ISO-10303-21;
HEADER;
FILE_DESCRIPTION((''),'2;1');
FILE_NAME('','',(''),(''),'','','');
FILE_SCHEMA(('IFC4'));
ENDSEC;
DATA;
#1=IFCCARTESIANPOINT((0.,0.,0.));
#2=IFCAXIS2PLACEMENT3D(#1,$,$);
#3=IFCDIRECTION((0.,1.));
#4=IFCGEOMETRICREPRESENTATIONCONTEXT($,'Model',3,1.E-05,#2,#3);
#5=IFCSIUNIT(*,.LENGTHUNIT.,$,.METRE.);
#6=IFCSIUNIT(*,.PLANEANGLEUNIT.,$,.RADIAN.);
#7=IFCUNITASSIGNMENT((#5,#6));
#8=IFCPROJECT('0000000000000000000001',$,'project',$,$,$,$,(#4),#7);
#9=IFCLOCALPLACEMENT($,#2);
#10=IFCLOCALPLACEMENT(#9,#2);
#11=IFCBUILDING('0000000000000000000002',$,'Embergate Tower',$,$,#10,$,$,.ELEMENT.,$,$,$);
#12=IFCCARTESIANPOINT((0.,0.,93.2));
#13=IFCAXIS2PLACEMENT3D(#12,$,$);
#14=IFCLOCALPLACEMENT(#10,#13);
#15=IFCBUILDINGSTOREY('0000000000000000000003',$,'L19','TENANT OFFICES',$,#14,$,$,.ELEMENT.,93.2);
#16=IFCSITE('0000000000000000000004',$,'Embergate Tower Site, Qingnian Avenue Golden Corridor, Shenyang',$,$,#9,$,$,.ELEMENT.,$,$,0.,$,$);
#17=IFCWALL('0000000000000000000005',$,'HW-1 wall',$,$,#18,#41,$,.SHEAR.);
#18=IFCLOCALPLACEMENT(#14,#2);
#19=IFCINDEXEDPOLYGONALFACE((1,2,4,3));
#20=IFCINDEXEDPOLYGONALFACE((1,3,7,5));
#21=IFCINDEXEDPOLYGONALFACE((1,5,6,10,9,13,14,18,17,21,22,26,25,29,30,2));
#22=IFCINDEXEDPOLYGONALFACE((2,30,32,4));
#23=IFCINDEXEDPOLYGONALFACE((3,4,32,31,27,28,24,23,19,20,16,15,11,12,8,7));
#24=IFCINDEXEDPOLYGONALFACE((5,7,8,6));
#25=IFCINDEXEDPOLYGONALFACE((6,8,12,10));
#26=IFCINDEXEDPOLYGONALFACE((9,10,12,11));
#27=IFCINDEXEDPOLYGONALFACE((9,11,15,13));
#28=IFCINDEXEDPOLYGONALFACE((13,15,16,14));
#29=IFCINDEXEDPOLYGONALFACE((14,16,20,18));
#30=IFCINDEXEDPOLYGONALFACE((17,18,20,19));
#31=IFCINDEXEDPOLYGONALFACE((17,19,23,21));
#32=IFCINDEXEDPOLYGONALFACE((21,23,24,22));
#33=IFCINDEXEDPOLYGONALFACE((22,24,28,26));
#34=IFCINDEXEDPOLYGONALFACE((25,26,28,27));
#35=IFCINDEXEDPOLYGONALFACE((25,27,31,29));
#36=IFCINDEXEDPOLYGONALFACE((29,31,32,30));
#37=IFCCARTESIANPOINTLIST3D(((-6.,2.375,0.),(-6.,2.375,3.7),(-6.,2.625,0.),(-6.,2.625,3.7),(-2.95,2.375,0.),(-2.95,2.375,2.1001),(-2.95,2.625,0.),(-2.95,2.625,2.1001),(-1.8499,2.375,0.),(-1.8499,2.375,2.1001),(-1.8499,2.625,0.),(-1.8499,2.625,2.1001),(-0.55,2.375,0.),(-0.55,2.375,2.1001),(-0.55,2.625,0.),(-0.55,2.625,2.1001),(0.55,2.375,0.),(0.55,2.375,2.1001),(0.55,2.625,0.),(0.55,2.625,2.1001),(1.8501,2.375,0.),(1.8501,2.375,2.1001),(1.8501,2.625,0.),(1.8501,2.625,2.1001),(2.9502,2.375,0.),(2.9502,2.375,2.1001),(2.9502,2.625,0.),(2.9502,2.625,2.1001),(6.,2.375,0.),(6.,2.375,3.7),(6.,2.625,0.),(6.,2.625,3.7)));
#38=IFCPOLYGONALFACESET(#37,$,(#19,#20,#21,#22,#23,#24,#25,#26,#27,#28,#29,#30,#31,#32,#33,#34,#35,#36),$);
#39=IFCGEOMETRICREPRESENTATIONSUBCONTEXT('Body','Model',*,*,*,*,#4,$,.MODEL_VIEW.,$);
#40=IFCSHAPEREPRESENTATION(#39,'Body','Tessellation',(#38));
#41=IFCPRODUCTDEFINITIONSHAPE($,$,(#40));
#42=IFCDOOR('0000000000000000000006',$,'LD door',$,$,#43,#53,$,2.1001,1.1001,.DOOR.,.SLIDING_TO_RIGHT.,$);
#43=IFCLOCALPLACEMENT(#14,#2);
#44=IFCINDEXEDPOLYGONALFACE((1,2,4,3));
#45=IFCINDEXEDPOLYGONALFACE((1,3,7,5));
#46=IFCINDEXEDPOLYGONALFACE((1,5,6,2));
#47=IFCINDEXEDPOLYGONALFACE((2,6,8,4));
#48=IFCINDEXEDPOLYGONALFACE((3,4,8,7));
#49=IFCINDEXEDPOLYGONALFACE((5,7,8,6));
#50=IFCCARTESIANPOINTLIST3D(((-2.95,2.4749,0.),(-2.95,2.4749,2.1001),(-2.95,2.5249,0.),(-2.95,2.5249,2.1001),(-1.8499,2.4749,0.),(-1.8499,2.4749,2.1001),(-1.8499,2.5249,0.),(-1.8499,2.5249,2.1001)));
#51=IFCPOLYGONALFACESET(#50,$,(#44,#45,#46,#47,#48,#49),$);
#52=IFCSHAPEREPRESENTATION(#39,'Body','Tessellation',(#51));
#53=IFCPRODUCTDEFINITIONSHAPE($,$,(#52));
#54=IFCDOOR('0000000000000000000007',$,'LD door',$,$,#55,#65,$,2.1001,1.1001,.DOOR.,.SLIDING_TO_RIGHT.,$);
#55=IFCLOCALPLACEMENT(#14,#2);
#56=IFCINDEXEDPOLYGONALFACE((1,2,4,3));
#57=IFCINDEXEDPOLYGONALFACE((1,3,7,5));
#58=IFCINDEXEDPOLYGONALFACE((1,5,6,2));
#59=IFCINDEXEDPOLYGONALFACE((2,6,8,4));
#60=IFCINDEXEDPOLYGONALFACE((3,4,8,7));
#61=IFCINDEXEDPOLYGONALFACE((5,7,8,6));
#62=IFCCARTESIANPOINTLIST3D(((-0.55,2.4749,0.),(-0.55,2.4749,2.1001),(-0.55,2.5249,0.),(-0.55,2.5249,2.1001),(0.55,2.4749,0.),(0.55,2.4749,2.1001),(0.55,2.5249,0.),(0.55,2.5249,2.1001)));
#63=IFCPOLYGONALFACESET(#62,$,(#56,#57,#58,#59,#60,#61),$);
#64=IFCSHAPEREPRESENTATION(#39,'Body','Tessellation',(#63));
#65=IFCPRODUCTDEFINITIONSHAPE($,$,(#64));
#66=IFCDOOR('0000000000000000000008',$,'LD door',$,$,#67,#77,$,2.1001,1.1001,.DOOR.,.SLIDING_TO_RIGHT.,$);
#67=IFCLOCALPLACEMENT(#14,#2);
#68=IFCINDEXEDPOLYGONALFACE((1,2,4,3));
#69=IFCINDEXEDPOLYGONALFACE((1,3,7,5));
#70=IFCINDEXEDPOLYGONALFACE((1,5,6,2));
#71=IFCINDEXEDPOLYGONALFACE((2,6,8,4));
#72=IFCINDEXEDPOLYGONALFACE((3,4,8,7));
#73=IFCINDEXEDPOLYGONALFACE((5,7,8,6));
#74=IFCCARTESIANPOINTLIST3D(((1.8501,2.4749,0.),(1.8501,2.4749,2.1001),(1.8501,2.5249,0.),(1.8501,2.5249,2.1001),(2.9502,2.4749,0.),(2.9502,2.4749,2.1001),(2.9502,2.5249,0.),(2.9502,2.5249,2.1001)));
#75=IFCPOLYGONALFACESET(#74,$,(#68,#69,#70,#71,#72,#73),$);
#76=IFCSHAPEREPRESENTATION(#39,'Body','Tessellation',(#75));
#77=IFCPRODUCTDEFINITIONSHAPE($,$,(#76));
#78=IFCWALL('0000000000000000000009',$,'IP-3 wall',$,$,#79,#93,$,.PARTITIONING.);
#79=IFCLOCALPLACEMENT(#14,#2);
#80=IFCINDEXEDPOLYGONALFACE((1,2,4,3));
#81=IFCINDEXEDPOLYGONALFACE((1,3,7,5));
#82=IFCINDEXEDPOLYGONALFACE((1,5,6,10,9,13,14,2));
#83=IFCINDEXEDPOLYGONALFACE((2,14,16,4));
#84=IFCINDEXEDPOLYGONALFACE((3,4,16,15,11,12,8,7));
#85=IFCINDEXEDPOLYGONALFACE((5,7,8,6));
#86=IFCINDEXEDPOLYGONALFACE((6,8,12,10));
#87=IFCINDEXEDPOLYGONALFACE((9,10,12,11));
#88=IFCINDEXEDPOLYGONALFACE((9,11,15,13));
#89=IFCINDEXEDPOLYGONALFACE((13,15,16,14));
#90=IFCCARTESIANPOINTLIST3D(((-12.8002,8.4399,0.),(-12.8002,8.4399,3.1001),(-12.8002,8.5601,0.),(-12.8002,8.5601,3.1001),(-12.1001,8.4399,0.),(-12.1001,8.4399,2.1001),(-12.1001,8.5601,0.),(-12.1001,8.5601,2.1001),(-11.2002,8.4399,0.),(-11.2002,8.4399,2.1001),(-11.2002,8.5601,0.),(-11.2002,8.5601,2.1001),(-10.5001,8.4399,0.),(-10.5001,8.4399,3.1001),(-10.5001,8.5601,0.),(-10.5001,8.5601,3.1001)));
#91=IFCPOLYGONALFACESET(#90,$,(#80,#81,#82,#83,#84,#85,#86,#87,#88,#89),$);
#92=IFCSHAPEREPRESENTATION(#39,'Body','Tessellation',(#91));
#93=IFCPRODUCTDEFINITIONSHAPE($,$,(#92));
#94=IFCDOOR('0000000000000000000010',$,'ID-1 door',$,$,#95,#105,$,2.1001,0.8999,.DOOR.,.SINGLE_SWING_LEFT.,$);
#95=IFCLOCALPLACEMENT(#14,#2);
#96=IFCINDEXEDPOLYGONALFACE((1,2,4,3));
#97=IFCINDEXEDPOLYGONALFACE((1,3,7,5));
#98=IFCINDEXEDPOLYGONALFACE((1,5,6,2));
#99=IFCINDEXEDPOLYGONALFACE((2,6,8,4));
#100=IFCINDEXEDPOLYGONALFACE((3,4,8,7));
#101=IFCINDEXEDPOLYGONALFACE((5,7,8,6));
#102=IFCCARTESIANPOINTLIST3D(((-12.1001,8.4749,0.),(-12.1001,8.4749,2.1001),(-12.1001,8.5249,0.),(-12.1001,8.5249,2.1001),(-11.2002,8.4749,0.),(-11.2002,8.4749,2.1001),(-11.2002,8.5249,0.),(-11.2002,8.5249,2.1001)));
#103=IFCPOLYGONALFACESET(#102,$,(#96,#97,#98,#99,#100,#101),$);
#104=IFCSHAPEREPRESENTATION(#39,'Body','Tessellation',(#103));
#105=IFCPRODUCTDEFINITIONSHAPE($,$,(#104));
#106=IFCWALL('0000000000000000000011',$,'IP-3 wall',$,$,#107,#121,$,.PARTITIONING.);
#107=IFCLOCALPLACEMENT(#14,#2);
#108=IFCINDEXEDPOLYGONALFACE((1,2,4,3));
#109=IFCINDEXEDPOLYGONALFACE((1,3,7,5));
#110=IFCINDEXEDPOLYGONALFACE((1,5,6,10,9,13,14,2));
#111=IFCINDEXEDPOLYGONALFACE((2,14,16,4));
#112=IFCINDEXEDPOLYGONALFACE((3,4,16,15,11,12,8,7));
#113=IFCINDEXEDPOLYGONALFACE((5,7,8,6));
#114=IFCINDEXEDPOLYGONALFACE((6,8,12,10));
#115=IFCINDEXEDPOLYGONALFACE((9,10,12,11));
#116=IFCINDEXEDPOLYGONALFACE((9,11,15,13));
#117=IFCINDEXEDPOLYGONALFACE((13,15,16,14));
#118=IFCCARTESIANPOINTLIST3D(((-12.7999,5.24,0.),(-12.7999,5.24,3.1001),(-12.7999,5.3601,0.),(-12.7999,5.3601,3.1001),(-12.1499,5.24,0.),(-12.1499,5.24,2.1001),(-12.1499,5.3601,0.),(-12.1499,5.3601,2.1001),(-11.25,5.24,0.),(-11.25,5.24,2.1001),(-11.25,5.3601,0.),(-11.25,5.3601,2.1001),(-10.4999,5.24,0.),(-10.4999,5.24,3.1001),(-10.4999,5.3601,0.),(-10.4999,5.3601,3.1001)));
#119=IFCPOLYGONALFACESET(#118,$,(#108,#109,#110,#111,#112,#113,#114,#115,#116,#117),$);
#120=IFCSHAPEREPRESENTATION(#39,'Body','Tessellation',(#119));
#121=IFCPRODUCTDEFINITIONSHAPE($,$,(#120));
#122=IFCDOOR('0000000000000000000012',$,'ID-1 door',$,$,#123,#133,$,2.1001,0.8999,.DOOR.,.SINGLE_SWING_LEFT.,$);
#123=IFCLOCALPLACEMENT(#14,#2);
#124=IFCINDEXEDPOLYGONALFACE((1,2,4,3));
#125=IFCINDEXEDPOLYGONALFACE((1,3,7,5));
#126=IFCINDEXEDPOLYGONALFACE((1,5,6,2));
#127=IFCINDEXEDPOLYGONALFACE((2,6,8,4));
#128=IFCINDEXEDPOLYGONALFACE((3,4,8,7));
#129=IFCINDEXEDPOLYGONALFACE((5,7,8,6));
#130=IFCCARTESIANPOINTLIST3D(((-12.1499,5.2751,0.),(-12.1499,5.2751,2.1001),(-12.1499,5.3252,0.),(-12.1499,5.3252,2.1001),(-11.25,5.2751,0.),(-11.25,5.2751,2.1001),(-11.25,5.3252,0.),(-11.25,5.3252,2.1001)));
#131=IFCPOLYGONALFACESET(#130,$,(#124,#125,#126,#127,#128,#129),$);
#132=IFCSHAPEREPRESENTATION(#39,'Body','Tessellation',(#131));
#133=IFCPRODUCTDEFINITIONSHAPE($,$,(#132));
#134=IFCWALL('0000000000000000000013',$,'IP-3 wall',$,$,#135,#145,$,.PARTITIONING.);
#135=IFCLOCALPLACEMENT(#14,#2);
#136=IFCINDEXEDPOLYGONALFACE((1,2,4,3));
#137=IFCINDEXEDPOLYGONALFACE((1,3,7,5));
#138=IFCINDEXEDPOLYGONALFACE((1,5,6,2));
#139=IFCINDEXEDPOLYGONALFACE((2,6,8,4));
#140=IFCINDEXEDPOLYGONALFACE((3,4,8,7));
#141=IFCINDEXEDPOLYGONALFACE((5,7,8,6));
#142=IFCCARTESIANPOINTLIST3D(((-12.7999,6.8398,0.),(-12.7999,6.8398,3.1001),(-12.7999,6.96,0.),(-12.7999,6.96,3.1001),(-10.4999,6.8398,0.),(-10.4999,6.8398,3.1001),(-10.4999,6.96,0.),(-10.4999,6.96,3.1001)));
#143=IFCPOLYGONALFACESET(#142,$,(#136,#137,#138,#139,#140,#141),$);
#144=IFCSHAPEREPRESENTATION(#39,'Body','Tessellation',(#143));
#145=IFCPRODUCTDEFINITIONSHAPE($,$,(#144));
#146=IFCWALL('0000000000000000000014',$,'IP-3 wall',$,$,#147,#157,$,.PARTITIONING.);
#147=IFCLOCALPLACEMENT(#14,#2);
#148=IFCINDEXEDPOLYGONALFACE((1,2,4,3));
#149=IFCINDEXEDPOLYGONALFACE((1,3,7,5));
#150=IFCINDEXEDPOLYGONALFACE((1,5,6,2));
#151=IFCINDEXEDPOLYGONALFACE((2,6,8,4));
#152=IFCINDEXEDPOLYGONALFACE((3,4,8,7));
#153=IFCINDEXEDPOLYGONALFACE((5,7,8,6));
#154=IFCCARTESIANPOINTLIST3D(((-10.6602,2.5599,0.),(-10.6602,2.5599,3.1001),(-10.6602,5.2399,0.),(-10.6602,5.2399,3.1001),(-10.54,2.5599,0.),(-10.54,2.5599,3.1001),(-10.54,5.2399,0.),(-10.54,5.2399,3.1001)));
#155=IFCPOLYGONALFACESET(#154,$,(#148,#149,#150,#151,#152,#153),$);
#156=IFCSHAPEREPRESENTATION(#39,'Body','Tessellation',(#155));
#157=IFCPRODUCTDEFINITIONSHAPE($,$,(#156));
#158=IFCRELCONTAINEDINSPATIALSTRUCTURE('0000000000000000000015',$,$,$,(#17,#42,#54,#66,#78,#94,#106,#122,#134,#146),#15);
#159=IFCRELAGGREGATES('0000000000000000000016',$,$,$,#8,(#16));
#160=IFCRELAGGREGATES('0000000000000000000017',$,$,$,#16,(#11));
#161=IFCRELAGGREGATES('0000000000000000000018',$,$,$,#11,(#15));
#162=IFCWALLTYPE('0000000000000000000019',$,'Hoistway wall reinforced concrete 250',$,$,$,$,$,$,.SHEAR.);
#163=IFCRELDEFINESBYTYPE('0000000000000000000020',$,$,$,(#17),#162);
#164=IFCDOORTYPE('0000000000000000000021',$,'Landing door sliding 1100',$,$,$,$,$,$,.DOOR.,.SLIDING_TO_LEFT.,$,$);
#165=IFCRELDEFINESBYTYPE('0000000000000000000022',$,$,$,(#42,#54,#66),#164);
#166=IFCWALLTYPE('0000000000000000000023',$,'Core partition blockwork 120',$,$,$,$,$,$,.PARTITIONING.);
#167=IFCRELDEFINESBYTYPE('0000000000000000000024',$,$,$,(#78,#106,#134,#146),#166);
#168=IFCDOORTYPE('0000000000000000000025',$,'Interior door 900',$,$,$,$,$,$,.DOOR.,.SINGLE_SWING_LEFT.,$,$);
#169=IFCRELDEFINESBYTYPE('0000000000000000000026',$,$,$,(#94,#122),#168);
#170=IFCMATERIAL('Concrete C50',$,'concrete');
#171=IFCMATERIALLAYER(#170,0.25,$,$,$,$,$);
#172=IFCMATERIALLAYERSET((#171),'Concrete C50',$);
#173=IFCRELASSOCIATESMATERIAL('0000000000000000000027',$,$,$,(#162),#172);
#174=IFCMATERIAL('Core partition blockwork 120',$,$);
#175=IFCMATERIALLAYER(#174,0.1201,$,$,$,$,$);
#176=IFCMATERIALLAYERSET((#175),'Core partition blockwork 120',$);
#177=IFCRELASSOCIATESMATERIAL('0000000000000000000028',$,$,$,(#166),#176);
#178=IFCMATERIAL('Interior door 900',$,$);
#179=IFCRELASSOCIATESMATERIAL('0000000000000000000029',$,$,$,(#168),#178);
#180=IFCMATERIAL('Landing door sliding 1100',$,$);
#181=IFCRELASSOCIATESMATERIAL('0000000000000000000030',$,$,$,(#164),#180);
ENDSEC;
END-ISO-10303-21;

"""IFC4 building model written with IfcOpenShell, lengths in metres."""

from ifc_helpers import new_model, si_unit, direction, frame, frame_2d, origin, place, context, subcontext, project, spatial, rectangle, extrude, source, transform, mapped, material, layer, layer_set, type_object, element, fill, save


model = new_model("IFC4")

# Units and contexts
model_context = context("Model", 3, precision=1e-05, world=origin(), true_north=direction((0.0, 1.0)))
body_context = subcontext(model_context, "Body", "Model", "MODEL_VIEW")
ifc_project = project(units=[si_unit("LENGTHUNIT", "METRE"), si_unit("PLANEANGLEUNIT", "RADIAN")], contexts=[model_context])

# Site, building, storey
site_placement = place(None, origin())
site = spatial("IfcSite", under=ifc_project, at=site_placement, Name="Embergate Tower Site, Qingnian Avenue Golden Corridor, Shenyang", CompositionType="ELEMENT", RefElevation=0.0)
building_placement = place(site_placement, origin())
building = spatial("IfcBuilding", under=site, at=building_placement, Name="Embergate Tower", CompositionType="ELEMENT")
storey_placement = place(building_placement, frame((0.0, 0.0, 93.2)))
storey = spatial("IfcBuildingStorey", under=building, at=storey_placement, Name="L19", Description="TENANT OFFICES", CompositionType="ELEMENT", Elevation=93.2)

# Shared definitions
ifc_material_1 = material(Name="Concrete C50", Category="concrete")
ifc_layer_1 = layer(ifc_material_1, 0.25)
ifc_layer_set_1 = layer_set([ifc_layer_1], Name="Concrete C50")
wall_type_1 = type_object("IfcWallType", Name="Hoistway wall reinforced concrete 250", PredefinedType="SHEAR", material=ifc_layer_set_1)

# Shared definitions
ifc_material_2 = material(Name="Core partition blockwork 120")
ifc_layer_2 = layer(ifc_material_2, 0.1201)
ifc_layer_set_2 = layer_set([ifc_layer_2], Name="Core partition blockwork 120")
wall_type_2 = type_object("IfcWallType", Name="Core partition blockwork 120", PredefinedType="PARTITIONING", material=ifc_layer_set_2)
shared_shape_1 = source(origin(), body_context, "Body", "SweptSolid", [
    extrude(rectangle(XDim=0.8999, YDim=2.1001, at=frame_2d((0.45, 1.05))), frame((0.0, 0.0701, 0.0), z_axis=(0.0, -1.0, 0.0), x_axis=(1.0, 0.0, 0.0)), (0.0, 0.0, 1.0), 0.1401),
])
ifc_material_3 = material(Name="Interior door 900")
door_type_1 = type_object("IfcDoorType", Name="Interior door 900", OperationType="SINGLE_SWING_LEFT", PredefinedType="DOOR", material=ifc_material_3)
shared_shape_2 = source(origin(), body_context, "Body", "SweptSolid", [
    extrude(rectangle(XDim=0.8999, YDim=2.1001, at=frame_2d((0.45, 1.05))), frame((0.0, 0.0249, 0.0), z_axis=(0.0, -1.0, 0.0), x_axis=(1.0, 0.0, 0.0)), (0.0, 0.0, 1.0), 0.05),
])

# Wall, openings, doors
shared_shape_3 = source(origin(), body_context, "Body", "SweptSolid", [
    extrude(rectangle(XDim=12.0, YDim=0.25, at=frame_2d((6.0, 0.0))), origin(), (0.0, 0.0, 1.0), 3.7),
])
wall_1_placement = place(storey_placement, frame((-6.0, 2.5, 0.0), z_axis=(0.0, 0.0, 1.0), x_axis=(1.0, 0.0, 0.0)))
wall_1 = element("IfcWall", 1, at=wall_1_placement, inside=storey, type_object=wall_type_1, Name="HW-1 wall", PredefinedType="SHEAR", context=body_context, shape_type="MappedRepresentation", body=[
    mapped(shared_shape_3, transform((0.0, 0.0, 0.0))),
])
shared_shape_4 = source(origin(), body_context, "Body", "SweptSolid", [
    extrude(rectangle(XDim=1.1001, YDim=2.1001, at=frame_2d((0.55, 1.05))), frame((0.0, 0.135, 0.0), z_axis=(0.0, -1.0, 0.0), x_axis=(1.0, 0.0, 0.0)), (0.0, 0.0, 1.0), 0.27),
])
opening_1_placement = place(wall_1_placement, frame((3.05, 0.0, 0.0)))
opening_1 = element("IfcOpeningElement", 2, at=opening_1_placement, cuts=wall_1, PredefinedType="OPENING", context=body_context, shape_type="MappedRepresentation", body=[
    mapped(shared_shape_4, transform((0.0, 0.0, 0.0))),
])
opening_2_placement = place(wall_1_placement, frame((5.45, 0.0, 0.0)))
opening_2 = element("IfcOpeningElement", 3, at=opening_2_placement, cuts=wall_1, PredefinedType="OPENING", context=body_context, shape_type="MappedRepresentation", body=[
    mapped(shared_shape_4, transform((0.0, 0.0, 0.0))),
])
opening_3_placement = place(wall_1_placement, frame((7.8501, 0.0, 0.0)))
opening_3 = element("IfcOpeningElement", 4, at=opening_3_placement, cuts=wall_1, PredefinedType="OPENING", context=body_context, shape_type="MappedRepresentation", body=[
    mapped(shared_shape_4, transform((0.0, 0.0, 0.0))),
])
ifc_material_4 = material(Name="Landing door sliding 1100")
door_type_2 = type_object("IfcDoorType", Name="Landing door sliding 1100", OperationType="SLIDING_TO_LEFT", PredefinedType="DOOR", material=ifc_material_4)
shared_shape_5 = source(origin(), body_context, "Body", "SweptSolid", [
    extrude(rectangle(XDim=1.1001, YDim=2.1001, at=frame_2d((0.55, 1.05))), frame((0.0, 0.0249, 0.0), z_axis=(0.0, -1.0, 0.0), x_axis=(1.0, 0.0, 0.0)), (0.0, 0.0, 1.0), 0.05),
])
door_1_placement = place(opening_1_placement, origin())
door_1 = element("IfcDoor", 5, at=door_1_placement, inside=storey, type_object=door_type_2, Name="LD door", OperationType="SLIDING_TO_RIGHT", OverallHeight=2.1001, OverallWidth=1.1001, PredefinedType="DOOR", context=body_context, shape_type="MappedRepresentation", body=[
    mapped(shared_shape_5, transform((0.0, 0.0, 0.0))),
])
fill(opening_1, door_1)
door_2_placement = place(opening_2_placement, origin())
door_2 = element("IfcDoor", 6, at=door_2_placement, inside=storey, type_object=door_type_2, Name="LD door", OperationType="SLIDING_TO_RIGHT", OverallHeight=2.1001, OverallWidth=1.1001, PredefinedType="DOOR", context=body_context, shape_type="MappedRepresentation", body=[
    mapped(shared_shape_5, transform((0.0, 0.0, 0.0))),
])
fill(opening_2, door_2)
door_3_placement = place(opening_3_placement, origin())
door_3 = element("IfcDoor", 7, at=door_3_placement, inside=storey, type_object=door_type_2, Name="LD door", OperationType="SLIDING_TO_RIGHT", OverallHeight=2.1001, OverallWidth=1.1001, PredefinedType="DOOR", context=body_context, shape_type="MappedRepresentation", body=[
    mapped(shared_shape_5, transform((0.0, 0.0, 0.0))),
])
fill(opening_3, door_3)

# Walls, openings, doors
shared_shape_6 = source(origin(), body_context, "Body", "SweptSolid", [
    extrude(rectangle(XDim=2.3, YDim=0.1201, at=frame_2d((1.1499, 0.0))), origin(), (0.0, 0.0, 1.0), 3.1001),
])
wall_2_placement = place(storey_placement, frame((-12.8, 8.5, 0.0), z_axis=(0.0, 0.0, 1.0), x_axis=(1.0, 0.0, 0.0)))
wall_2 = element("IfcWall", 8, at=wall_2_placement, inside=storey, type_object=wall_type_2, Name="IP-3 wall", PredefinedType="PARTITIONING", context=body_context, shape_type="MappedRepresentation", body=[
    mapped(shared_shape_6, transform((0.0, 0.0, 0.0))),
])
opening_4_placement = place(wall_2_placement, frame((0.7, 0.0, 0.0)))
opening_4 = element("IfcOpeningElement", 9, at=opening_4_placement, cuts=wall_2, PredefinedType="OPENING", context=body_context, shape_type="MappedRepresentation", body=[
    mapped(shared_shape_1, transform((0.0, 0.0, 0.0))),
])
door_4_placement = place(opening_4_placement, origin())
door_4 = element("IfcDoor", 10, at=door_4_placement, inside=storey, type_object=door_type_1, Name="ID-1 door", OperationType="SINGLE_SWING_LEFT", OverallHeight=2.1001, OverallWidth=0.8999, PredefinedType="DOOR", context=body_context, shape_type="MappedRepresentation", body=[
    mapped(shared_shape_2, transform((0.0, 0.0, 0.0))),
])
fill(opening_4, door_4)
wall_3_placement = place(storey_placement, frame((-10.5, 5.3, 0.0), z_axis=(0.0, 0.0, 1.0), x_axis=(-1.0, 0.0, 0.0)))
wall_3 = element("IfcWall", 11, at=wall_3_placement, inside=storey, type_object=wall_type_2, Name="IP-3 wall", PredefinedType="PARTITIONING", context=body_context, shape_type="MappedRepresentation", body=[
    mapped(shared_shape_6, transform((0.0, 0.0, 0.0))),
])
opening_5_placement = place(wall_3_placement, frame((0.75, 0.0, 0.0)))
opening_5 = element("IfcOpeningElement", 12, at=opening_5_placement, cuts=wall_3, PredefinedType="OPENING", context=body_context, shape_type="MappedRepresentation", body=[
    mapped(shared_shape_1, transform((0.0, 0.0, 0.0))),
])
door_5_placement = place(opening_5_placement, origin())
door_5 = element("IfcDoor", 13, at=door_5_placement, inside=storey, type_object=door_type_1, Name="ID-1 door", OperationType="SINGLE_SWING_LEFT", OverallHeight=2.1001, OverallWidth=0.8999, PredefinedType="DOOR", context=body_context, shape_type="MappedRepresentation", body=[
    mapped(shared_shape_2, transform((0.0, 0.0, 0.0))),
])
fill(opening_5, door_5)

# Walls
wall_4_placement = place(storey_placement, frame((-10.5, 6.8999, 0.0), z_axis=(0.0, 0.0, 1.0), x_axis=(-1.0, 0.0, 0.0)))
element("IfcWall", 14, at=wall_4_placement, inside=storey, type_object=wall_type_2, Name="IP-3 wall", PredefinedType="PARTITIONING", context=body_context, shape_type="MappedRepresentation", body=[
    mapped(shared_shape_6, transform((0.0, 0.0, 0.0))),
])
shared_shape_7 = source(origin(), body_context, "Body", "SweptSolid", [
    extrude(rectangle(XDim=2.6799, YDim=0.1201, at=frame_2d((1.3398, 0.0))), origin(), (0.0, 0.0, 1.0), 3.1001),
])
wall_5_placement = place(storey_placement, frame((-10.6001, 2.5601, 0.0), z_axis=(0.0, 0.0, 1.0), x_axis=(0.0, 1.0, 0.0)))
element("IfcWall", 15, at=wall_5_placement, inside=storey, type_object=wall_type_2, Name="IP-3 wall", PredefinedType="PARTITIONING", context=body_context, shape_type="MappedRepresentation", body=[
    mapped(shared_shape_7, transform((0.0, 0.0, 0.0))),
])

save(model, "model.ifc")
